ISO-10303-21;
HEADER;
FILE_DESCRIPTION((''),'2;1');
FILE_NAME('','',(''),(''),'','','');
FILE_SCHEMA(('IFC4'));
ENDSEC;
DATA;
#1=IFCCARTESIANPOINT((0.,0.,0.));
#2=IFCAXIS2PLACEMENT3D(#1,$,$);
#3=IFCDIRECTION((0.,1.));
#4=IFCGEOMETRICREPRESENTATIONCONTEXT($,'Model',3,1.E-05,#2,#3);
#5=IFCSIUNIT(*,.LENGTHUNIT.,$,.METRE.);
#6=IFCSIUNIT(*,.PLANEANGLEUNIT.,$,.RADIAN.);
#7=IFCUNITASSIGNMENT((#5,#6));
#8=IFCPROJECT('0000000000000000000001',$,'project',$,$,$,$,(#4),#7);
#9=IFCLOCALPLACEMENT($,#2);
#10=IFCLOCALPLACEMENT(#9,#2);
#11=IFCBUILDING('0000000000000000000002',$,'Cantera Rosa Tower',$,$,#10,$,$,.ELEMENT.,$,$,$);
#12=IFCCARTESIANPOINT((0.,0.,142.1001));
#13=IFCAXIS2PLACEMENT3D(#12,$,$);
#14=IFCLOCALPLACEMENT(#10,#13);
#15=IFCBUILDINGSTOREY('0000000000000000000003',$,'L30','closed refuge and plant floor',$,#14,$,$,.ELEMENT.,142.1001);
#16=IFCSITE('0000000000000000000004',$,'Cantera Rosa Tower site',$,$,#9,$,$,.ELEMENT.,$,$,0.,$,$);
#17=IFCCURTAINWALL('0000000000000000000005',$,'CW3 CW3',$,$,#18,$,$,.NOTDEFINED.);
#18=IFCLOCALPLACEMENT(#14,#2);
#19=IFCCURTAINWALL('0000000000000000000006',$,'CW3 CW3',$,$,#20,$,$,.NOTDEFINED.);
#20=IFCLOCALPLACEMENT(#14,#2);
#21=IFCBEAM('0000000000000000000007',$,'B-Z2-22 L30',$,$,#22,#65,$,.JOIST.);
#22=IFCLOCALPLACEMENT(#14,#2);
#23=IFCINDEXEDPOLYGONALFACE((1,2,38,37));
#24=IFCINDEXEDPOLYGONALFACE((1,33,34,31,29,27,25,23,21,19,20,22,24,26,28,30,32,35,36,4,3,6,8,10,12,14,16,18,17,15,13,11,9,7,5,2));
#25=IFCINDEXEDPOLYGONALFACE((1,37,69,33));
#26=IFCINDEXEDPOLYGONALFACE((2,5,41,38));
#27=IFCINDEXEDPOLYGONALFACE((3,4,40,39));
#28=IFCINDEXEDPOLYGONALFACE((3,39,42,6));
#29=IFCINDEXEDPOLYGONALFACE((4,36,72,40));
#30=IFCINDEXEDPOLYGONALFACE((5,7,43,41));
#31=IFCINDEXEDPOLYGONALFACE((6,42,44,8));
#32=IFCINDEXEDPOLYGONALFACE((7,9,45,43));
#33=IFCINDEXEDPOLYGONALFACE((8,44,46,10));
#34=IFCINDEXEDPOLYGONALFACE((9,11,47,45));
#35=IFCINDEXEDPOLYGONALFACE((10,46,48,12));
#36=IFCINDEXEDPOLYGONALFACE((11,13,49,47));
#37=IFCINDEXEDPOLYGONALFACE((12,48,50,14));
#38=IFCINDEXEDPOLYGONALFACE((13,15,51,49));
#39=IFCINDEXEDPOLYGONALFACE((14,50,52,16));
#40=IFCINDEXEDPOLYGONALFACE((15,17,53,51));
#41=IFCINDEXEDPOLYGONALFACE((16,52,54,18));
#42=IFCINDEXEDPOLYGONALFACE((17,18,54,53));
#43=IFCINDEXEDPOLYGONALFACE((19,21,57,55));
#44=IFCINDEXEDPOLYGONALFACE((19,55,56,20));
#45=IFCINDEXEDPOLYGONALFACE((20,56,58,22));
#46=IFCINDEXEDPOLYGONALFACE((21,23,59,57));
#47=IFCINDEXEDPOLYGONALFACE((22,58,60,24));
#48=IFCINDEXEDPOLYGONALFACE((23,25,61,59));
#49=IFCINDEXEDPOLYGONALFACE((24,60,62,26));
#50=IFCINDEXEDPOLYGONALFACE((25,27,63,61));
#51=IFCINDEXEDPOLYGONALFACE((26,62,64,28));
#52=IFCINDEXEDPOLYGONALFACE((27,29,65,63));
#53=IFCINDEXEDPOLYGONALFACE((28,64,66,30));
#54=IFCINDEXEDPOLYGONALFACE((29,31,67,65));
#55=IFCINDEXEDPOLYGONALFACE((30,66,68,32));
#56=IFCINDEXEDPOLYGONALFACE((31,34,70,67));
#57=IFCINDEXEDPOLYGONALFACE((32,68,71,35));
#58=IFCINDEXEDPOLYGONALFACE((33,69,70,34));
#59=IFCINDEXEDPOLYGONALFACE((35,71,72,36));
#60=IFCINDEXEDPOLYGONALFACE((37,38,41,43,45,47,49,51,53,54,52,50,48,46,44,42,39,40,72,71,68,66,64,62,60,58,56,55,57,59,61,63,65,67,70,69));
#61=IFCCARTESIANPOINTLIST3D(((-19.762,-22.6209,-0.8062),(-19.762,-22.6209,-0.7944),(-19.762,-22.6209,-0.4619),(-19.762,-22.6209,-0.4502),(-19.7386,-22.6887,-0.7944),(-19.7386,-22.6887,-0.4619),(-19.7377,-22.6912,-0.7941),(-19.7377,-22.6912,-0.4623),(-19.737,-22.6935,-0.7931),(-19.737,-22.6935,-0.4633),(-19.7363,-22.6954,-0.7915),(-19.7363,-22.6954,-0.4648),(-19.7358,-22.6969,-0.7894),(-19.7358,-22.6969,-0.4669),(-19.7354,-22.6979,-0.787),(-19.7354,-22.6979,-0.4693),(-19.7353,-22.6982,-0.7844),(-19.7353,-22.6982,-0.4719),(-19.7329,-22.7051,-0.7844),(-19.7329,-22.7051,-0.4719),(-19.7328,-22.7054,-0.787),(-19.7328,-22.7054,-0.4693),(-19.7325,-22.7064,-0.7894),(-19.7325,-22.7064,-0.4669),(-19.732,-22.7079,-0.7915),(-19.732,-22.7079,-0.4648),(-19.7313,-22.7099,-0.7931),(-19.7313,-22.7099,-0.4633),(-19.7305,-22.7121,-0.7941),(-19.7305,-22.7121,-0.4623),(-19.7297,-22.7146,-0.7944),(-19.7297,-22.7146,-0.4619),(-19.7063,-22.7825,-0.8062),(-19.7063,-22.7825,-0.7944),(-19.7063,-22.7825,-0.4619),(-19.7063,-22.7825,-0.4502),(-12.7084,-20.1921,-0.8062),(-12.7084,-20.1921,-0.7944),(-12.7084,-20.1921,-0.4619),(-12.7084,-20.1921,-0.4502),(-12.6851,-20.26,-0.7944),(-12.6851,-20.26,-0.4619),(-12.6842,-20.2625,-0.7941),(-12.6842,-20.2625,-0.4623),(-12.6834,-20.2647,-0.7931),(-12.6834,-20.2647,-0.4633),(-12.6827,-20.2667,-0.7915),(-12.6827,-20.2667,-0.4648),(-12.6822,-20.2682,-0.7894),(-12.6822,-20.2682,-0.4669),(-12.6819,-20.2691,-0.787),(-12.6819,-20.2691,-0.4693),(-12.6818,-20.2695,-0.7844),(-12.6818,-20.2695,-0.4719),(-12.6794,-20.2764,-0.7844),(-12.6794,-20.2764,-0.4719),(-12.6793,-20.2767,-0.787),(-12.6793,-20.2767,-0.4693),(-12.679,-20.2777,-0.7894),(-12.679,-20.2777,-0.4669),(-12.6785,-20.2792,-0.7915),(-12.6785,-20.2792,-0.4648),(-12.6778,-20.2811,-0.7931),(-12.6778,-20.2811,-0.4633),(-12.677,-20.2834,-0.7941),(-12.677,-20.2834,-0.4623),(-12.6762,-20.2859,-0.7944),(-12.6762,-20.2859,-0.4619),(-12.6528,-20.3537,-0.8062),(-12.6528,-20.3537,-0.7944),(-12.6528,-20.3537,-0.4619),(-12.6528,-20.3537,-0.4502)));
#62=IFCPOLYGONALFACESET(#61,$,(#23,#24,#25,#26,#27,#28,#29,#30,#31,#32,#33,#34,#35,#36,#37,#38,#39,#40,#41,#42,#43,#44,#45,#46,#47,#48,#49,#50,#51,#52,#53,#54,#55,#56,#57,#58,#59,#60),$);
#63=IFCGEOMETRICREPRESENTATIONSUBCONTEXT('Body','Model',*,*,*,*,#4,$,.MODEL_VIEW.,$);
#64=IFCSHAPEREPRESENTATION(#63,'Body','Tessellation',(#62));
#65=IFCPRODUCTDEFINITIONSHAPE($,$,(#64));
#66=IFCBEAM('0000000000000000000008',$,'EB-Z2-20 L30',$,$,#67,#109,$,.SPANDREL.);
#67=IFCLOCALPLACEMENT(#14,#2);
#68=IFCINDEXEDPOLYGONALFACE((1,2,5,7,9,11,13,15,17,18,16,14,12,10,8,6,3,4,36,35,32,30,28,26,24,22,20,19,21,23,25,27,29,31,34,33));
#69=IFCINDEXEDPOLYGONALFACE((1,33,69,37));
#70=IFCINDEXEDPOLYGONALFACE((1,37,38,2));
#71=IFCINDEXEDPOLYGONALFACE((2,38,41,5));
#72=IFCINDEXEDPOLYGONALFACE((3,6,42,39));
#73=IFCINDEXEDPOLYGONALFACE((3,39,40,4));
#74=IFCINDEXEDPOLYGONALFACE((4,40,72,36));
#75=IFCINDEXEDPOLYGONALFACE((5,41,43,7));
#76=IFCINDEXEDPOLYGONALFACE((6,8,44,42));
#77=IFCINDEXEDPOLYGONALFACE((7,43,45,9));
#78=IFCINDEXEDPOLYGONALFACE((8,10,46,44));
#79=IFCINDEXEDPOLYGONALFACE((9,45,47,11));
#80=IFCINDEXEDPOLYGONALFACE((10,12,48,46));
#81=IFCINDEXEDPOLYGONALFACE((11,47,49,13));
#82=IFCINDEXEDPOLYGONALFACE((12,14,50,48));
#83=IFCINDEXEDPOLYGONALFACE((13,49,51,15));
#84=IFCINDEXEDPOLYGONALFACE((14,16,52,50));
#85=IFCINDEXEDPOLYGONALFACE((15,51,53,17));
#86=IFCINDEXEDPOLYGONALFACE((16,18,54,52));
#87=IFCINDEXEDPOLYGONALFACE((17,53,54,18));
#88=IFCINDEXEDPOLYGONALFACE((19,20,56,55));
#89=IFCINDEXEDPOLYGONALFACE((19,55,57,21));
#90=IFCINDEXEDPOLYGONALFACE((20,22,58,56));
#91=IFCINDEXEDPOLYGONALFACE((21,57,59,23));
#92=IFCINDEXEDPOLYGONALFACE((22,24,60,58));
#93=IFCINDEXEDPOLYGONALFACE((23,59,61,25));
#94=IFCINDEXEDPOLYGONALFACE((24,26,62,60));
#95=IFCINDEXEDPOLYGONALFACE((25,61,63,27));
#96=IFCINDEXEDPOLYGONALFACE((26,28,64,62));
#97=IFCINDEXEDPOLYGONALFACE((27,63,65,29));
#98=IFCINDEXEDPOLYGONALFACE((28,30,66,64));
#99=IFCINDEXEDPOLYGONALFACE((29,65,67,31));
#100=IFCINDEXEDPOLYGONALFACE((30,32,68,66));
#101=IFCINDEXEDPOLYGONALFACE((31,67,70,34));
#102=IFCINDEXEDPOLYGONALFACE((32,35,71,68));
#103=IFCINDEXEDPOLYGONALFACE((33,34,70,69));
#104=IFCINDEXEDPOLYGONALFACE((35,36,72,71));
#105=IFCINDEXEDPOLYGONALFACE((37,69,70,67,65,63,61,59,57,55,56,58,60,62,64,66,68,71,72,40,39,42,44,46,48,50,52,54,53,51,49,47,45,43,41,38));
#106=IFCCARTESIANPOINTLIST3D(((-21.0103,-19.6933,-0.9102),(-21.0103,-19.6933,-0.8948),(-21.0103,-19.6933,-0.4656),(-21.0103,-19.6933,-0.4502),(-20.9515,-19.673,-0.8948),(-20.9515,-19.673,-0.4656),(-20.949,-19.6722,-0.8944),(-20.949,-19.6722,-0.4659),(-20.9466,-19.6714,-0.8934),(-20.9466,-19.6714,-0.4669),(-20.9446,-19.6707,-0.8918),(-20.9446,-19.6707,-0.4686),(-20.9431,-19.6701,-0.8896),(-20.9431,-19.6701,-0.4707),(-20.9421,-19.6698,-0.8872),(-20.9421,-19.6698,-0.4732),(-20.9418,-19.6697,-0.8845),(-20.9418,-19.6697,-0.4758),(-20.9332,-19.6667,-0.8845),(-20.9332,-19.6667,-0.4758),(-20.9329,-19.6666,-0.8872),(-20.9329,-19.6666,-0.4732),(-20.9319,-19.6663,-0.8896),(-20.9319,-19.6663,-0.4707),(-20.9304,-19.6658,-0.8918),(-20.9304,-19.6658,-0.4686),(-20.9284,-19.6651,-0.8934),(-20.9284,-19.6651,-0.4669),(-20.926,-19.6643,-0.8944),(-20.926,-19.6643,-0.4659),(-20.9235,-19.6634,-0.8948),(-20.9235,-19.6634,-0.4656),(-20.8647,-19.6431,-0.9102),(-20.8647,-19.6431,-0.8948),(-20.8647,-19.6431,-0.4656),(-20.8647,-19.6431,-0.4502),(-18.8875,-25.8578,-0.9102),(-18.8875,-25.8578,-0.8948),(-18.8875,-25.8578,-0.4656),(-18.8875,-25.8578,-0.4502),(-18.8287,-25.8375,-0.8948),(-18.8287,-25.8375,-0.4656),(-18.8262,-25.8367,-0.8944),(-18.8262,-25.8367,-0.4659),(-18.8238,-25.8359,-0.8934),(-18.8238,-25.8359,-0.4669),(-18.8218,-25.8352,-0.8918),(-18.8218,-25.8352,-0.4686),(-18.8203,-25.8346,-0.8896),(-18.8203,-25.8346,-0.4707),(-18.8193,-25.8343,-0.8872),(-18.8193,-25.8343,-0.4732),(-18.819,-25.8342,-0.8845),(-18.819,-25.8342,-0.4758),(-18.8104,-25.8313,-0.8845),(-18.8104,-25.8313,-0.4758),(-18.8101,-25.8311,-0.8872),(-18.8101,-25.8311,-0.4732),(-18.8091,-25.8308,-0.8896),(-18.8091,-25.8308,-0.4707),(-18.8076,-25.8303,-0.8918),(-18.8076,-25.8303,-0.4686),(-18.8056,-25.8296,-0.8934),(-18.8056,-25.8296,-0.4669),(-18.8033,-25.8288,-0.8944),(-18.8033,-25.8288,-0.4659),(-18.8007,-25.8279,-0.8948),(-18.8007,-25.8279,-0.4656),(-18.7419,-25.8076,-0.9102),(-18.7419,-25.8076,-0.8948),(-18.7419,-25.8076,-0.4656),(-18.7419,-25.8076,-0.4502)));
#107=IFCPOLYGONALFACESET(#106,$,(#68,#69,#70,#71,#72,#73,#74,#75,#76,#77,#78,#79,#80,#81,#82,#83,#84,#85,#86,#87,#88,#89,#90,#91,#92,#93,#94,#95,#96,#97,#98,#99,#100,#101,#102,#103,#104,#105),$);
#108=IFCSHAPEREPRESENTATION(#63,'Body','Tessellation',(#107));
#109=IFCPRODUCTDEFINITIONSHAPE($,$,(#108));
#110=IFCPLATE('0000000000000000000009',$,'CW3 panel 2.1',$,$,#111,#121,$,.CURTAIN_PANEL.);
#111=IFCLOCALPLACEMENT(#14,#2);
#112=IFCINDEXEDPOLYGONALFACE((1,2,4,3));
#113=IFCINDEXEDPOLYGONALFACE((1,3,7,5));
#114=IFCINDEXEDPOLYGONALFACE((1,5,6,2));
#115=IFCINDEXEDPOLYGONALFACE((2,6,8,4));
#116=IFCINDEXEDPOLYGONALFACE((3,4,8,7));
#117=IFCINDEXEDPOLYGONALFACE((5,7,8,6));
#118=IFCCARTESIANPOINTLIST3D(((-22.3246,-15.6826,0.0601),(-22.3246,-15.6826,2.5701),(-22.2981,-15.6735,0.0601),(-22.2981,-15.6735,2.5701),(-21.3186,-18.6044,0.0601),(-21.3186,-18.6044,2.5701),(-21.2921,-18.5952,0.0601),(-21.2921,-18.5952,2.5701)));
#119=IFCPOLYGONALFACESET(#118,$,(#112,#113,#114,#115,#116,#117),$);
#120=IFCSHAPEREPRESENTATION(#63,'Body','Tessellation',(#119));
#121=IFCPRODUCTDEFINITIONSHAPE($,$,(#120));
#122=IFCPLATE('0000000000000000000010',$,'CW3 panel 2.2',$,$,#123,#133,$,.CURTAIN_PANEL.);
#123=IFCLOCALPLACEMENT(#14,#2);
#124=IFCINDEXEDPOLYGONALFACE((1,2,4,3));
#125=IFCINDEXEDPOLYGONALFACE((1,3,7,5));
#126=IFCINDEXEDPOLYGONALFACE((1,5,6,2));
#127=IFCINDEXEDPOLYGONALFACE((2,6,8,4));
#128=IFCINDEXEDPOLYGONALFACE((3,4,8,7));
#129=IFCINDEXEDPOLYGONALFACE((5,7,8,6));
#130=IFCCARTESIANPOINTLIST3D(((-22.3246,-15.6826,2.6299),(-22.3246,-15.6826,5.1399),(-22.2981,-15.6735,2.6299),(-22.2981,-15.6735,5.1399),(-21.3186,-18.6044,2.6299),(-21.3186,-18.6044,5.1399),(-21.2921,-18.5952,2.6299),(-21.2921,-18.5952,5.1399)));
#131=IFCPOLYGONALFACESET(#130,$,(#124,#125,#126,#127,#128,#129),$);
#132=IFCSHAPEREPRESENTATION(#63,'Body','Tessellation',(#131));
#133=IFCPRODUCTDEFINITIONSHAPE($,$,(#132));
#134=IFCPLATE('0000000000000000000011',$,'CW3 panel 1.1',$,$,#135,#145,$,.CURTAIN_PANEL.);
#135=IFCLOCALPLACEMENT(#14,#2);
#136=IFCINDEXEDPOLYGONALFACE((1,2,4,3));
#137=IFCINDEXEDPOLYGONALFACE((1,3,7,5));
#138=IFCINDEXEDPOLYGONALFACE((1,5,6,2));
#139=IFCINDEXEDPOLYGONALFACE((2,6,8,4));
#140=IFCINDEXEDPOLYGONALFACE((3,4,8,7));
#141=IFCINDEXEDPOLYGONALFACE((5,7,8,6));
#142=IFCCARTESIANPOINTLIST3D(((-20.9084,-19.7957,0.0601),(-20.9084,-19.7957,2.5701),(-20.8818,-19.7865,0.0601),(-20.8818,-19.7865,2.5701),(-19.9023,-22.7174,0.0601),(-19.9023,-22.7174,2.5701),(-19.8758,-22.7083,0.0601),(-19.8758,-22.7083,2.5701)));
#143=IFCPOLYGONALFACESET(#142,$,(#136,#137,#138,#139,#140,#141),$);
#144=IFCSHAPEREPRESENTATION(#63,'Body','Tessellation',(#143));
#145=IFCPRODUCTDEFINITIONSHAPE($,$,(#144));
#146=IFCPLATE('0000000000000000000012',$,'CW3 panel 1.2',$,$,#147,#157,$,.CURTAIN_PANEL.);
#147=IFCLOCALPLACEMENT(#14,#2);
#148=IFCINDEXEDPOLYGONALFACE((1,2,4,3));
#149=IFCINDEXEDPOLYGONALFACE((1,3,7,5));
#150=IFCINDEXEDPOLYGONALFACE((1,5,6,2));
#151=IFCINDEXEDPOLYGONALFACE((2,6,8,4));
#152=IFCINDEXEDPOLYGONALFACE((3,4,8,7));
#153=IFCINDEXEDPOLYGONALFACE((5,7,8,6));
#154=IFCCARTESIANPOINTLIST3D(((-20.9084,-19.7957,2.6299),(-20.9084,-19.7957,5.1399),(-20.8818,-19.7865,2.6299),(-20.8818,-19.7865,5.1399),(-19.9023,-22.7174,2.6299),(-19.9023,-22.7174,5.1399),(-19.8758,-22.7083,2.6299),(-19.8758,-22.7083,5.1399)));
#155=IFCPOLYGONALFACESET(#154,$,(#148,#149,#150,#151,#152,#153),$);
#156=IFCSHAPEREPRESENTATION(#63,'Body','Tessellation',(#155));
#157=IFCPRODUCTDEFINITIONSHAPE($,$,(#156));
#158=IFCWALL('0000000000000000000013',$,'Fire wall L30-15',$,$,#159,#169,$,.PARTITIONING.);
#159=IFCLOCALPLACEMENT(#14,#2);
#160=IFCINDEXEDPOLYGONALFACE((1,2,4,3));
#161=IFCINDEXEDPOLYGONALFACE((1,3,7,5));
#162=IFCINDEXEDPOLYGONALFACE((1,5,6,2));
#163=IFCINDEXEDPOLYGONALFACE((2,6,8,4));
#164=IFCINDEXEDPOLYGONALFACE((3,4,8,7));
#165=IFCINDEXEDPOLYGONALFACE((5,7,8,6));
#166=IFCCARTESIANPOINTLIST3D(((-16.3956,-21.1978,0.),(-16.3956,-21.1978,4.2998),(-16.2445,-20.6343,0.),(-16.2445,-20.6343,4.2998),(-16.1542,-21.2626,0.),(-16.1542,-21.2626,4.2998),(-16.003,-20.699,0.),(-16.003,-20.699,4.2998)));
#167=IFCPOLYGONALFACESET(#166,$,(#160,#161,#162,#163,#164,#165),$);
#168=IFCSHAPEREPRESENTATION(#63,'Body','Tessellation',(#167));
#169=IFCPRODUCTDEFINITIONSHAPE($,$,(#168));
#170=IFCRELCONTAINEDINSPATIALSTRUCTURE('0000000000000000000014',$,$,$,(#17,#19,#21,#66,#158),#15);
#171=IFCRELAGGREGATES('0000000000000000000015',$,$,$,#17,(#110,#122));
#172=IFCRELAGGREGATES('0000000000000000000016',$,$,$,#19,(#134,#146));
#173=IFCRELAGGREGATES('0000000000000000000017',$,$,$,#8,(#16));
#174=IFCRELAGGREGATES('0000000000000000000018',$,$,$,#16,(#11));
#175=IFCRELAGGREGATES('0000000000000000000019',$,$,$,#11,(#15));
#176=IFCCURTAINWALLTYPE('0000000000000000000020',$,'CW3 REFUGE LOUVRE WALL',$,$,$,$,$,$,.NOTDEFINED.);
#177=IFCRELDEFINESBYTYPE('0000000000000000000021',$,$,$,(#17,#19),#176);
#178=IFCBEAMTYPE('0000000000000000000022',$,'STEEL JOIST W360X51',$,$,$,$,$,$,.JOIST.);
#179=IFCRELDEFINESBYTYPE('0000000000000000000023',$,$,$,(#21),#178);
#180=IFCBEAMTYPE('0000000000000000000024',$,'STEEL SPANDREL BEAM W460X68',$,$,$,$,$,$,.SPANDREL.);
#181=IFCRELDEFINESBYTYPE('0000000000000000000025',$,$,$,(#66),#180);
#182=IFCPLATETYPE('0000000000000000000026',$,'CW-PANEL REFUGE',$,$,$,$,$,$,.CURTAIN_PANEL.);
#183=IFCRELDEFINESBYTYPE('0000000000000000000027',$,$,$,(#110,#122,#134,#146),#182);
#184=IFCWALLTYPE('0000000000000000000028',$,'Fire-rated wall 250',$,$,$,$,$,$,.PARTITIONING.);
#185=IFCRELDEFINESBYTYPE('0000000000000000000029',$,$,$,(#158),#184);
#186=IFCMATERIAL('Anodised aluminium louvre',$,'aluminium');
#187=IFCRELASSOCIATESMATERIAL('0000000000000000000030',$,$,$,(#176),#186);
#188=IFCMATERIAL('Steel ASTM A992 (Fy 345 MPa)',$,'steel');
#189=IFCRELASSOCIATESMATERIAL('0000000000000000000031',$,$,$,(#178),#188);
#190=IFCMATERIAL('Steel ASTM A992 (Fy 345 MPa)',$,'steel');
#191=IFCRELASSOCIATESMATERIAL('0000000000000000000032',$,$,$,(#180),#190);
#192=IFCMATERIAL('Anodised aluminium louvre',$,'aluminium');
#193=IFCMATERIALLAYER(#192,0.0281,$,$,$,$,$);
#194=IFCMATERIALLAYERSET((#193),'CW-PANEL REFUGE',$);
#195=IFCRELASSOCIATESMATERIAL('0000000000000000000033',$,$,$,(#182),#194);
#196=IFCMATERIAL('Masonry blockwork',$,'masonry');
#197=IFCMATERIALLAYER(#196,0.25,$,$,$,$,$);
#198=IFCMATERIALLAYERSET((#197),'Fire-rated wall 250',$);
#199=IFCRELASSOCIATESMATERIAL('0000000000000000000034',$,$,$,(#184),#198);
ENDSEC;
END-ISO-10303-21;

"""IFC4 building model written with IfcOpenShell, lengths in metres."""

from ifc_helpers import new_model, si_unit, direction, frame, frame_2d, origin, origin_2d, place, context, subcontext, project, spatial, rectangle, i_section, extrude, material, layer, layer_set, material_profile, profile_set, type_object, element, aggregate, save


model = new_model("IFC4")

# Units and contexts
model_context = context("Model", 3, precision=1e-05, world=origin(), true_north=direction((0.0, 1.0)))
body_context = subcontext(model_context, "Body", "Model", "MODEL_VIEW")
ifc_project = project(units=[si_unit("LENGTHUNIT", "METRE"), si_unit("PLANEANGLEUNIT", "RADIAN")], contexts=[model_context])

# Site, building, storey
site_placement = place(None, origin())
site = spatial("IfcSite", under=ifc_project, at=site_placement, Name="Cantera Rosa Tower site", CompositionType="ELEMENT", RefElevation=0.0)
building_placement = place(site_placement, origin())
building = spatial("IfcBuilding", under=site, at=building_placement, Name="Cantera Rosa Tower", CompositionType="ELEMENT")
storey_placement = place(building_placement, frame((0.0, 0.0, 142.1001)))
storey = spatial("IfcBuildingStorey", under=building, at=storey_placement, Name="L30", Description="closed refuge and plant floor", CompositionType="ELEMENT", Elevation=142.1001)

# Curtain walls
ifc_material_1 = material(Name="Anodised aluminium louvre", Category="aluminium")
curtain_wall_type = type_object("IfcCurtainWallType", Name="CW3 REFUGE LOUVRE WALL", PredefinedType="NOTDEFINED", material=ifc_material_1)
curtain_wall_1_placement = place(storey_placement, origin())
curtain_wall_1 = element("IfcCurtainWall", 1, at=curtain_wall_1_placement, inside=storey, type_object=curtain_wall_type, Name="CW3 CW3", PredefinedType="NOTDEFINED")
curtain_wall_2_placement = place(storey_placement, origin())
curtain_wall_2 = element("IfcCurtainWall", 2, at=curtain_wall_2_placement, inside=storey, type_object=curtain_wall_type, Name="CW3 CW3", PredefinedType="NOTDEFINED")

# Beams
ifc_material_2 = material(Name="Steel ASTM A992 (Fy 345 MPa)", Category="steel")
ifc_material_profile_1 = material_profile(ifc_material_2, i_section(OverallWidth=0.1709, OverallDepth=0.356, WebThickness=0.0073, FlangeThickness=0.0117, FilletRadius=0.01, at=origin_2d()), Name="W360X51")
ifc_profile_set_1 = profile_set([ifc_material_profile_1], Name="Steel ASTM A992 (Fy 345 MPa)")
beam_type_1 = type_object("IfcBeamType", Name="STEEL JOIST W360X51", PredefinedType="JOIST", material=ifc_profile_set_1)
beam_1_placement = place(storey_placement, frame((-19.7341, -22.7017, -0.6282), z_axis=(0.945518, 0.325569, 0.0), x_axis=(-0.325569, 0.945518, 0.0)))
element("IfcBeam", 3, at=beam_1_placement, inside=storey, type_object=beam_type_1, Name="B-Z2-22 L30", PredefinedType="JOIST", context=body_context, shape_type="SweptSolid", body=[
    extrude(i_section(OverallWidth=0.1709, OverallDepth=0.356, WebThickness=0.0073, FlangeThickness=0.0117, FilletRadius=0.01, at=origin_2d()), origin(), (0.0, 0.0, 1.0), 7.46),
])
ifc_material_3 = material(Name="Steel ASTM A992 (Fy 345 MPa)", Category="steel")
ifc_material_profile_2 = material_profile(ifc_material_3, i_section(OverallWidth=0.1541, OverallDepth=0.46, WebThickness=0.009, FlangeThickness=0.0154, FilletRadius=0.0103, at=origin_2d()), Name="W460X68")
ifc_profile_set_2 = profile_set([ifc_material_profile_2], Name="Steel ASTM A992 (Fy 345 MPa)")
beam_type_2 = type_object("IfcBeamType", Name="STEEL SPANDREL BEAM W460X68", PredefinedType="SPANDREL", material=ifc_profile_set_2)
beam_2_placement = place(storey_placement, frame((-20.9375, -19.6682, -0.6802), z_axis=(0.325593, -0.94551, 0.0), x_axis=(0.94551, 0.325593, 0.0)))
element("IfcBeam", 4, at=beam_2_placement, inside=storey, type_object=beam_type_2, Name="EB-Z2-20 L30", PredefinedType="SPANDREL", context=body_context, shape_type="SweptSolid", body=[
    extrude(i_section(OverallWidth=0.1541, OverallDepth=0.46, WebThickness=0.009, FlangeThickness=0.0154, FilletRadius=0.0103, at=origin_2d()), origin(), (0.0, 0.0, 1.0), 6.5198),
])

# Plates
ifc_material_4 = material(Name="Anodised aluminium louvre", Category="aluminium")
ifc_layer_1 = layer(ifc_material_4, 0.0281)
ifc_layer_set_1 = layer_set([ifc_layer_1], Name="CW-PANEL REFUGE")
plate_type = type_object("IfcPlateType", Name="CW-PANEL REFUGE", PredefinedType="CURTAIN_PANEL", material=ifc_layer_set_1)
plate_1_placement = place(storey_placement, frame((-21.8083, -17.1389, 0.0601), z_axis=(0.0, 0.0, 1.0), x_axis=(0.325568, -0.945519, 0.0)))
plate_1 = element("IfcPlate", 5, at=plate_1_placement, type_object=plate_type, Name="CW3 panel 2.1", PredefinedType="CURTAIN_PANEL", context=body_context, shape_type="SweptSolid", body=[
    extrude(rectangle(XDim=3.0901, YDim=0.0281, at=origin_2d()), origin(), (0.0, 0.0, 1.0), 2.51),
])
plate_2_placement = place(storey_placement, frame((-21.8083, -17.1389, 2.6299), z_axis=(0.0, 0.0, 1.0), x_axis=(0.325568, -0.945519, 0.0)))
plate_2 = element("IfcPlate", 6, at=plate_2_placement, type_object=plate_type, Name="CW3 panel 2.2", PredefinedType="CURTAIN_PANEL", context=body_context, shape_type="SweptSolid", body=[
    extrude(rectangle(XDim=3.0901, YDim=0.0281, at=origin_2d()), origin(), (0.0, 0.0, 1.0), 2.51),
])
aggregate(curtain_wall_1, [plate_1, plate_2])
plate_3_placement = place(storey_placement, frame((-20.3921, -21.252, 0.0601), z_axis=(0.0, 0.0, 1.0), x_axis=(0.325568, -0.945519, 0.0)))
plate_3 = element("IfcPlate", 7, at=plate_3_placement, type_object=plate_type, Name="CW3 panel 1.1", PredefinedType="CURTAIN_PANEL", context=body_context, shape_type="SweptSolid", body=[
    extrude(rectangle(XDim=3.0901, YDim=0.0281, at=origin_2d()), origin(), (0.0, 0.0, 1.0), 2.51),
])
plate_4_placement = place(storey_placement, frame((-20.3921, -21.252, 2.6299), z_axis=(0.0, 0.0, 1.0), x_axis=(0.325568, -0.945519, 0.0)))
plate_4 = element("IfcPlate", 8, at=plate_4_placement, type_object=plate_type, Name="CW3 panel 1.2", PredefinedType="CURTAIN_PANEL", context=body_context, shape_type="SweptSolid", body=[
    extrude(rectangle(XDim=3.0901, YDim=0.0281, at=origin_2d()), origin(), (0.0, 0.0, 1.0), 2.51),
])
aggregate(curtain_wall_2, [plate_3, plate_4])

# Wall
ifc_material_5 = material(Name="Masonry blockwork", Category="masonry")
ifc_layer_2 = layer(ifc_material_5, 0.25)
ifc_layer_set_2 = layer_set([ifc_layer_2], Name="Fire-rated wall 250")
wall_type = type_object("IfcWallType", Name="Fire-rated wall 250", PredefinedType="PARTITIONING", material=ifc_layer_set_2)
wall_1_placement = place(storey_placement, frame((-16.2749, -21.2302, 0.0), z_axis=(0.0, 0.0, 1.0), x_axis=(0.259043, 0.965866, 0.0)))
element("IfcWall", 9, at=wall_1_placement, inside=storey, type_object=wall_type, Name="Fire wall L30-15", PredefinedType="PARTITIONING", context=body_context, shape_type="SweptSolid", body=[
    extrude(rectangle(XDim=0.5835, YDim=0.25, at=frame_2d((0.2917, 0.0))), origin(), (0.0, 0.0, 1.0), 4.2998),
])

save(model, "model.ifc")
